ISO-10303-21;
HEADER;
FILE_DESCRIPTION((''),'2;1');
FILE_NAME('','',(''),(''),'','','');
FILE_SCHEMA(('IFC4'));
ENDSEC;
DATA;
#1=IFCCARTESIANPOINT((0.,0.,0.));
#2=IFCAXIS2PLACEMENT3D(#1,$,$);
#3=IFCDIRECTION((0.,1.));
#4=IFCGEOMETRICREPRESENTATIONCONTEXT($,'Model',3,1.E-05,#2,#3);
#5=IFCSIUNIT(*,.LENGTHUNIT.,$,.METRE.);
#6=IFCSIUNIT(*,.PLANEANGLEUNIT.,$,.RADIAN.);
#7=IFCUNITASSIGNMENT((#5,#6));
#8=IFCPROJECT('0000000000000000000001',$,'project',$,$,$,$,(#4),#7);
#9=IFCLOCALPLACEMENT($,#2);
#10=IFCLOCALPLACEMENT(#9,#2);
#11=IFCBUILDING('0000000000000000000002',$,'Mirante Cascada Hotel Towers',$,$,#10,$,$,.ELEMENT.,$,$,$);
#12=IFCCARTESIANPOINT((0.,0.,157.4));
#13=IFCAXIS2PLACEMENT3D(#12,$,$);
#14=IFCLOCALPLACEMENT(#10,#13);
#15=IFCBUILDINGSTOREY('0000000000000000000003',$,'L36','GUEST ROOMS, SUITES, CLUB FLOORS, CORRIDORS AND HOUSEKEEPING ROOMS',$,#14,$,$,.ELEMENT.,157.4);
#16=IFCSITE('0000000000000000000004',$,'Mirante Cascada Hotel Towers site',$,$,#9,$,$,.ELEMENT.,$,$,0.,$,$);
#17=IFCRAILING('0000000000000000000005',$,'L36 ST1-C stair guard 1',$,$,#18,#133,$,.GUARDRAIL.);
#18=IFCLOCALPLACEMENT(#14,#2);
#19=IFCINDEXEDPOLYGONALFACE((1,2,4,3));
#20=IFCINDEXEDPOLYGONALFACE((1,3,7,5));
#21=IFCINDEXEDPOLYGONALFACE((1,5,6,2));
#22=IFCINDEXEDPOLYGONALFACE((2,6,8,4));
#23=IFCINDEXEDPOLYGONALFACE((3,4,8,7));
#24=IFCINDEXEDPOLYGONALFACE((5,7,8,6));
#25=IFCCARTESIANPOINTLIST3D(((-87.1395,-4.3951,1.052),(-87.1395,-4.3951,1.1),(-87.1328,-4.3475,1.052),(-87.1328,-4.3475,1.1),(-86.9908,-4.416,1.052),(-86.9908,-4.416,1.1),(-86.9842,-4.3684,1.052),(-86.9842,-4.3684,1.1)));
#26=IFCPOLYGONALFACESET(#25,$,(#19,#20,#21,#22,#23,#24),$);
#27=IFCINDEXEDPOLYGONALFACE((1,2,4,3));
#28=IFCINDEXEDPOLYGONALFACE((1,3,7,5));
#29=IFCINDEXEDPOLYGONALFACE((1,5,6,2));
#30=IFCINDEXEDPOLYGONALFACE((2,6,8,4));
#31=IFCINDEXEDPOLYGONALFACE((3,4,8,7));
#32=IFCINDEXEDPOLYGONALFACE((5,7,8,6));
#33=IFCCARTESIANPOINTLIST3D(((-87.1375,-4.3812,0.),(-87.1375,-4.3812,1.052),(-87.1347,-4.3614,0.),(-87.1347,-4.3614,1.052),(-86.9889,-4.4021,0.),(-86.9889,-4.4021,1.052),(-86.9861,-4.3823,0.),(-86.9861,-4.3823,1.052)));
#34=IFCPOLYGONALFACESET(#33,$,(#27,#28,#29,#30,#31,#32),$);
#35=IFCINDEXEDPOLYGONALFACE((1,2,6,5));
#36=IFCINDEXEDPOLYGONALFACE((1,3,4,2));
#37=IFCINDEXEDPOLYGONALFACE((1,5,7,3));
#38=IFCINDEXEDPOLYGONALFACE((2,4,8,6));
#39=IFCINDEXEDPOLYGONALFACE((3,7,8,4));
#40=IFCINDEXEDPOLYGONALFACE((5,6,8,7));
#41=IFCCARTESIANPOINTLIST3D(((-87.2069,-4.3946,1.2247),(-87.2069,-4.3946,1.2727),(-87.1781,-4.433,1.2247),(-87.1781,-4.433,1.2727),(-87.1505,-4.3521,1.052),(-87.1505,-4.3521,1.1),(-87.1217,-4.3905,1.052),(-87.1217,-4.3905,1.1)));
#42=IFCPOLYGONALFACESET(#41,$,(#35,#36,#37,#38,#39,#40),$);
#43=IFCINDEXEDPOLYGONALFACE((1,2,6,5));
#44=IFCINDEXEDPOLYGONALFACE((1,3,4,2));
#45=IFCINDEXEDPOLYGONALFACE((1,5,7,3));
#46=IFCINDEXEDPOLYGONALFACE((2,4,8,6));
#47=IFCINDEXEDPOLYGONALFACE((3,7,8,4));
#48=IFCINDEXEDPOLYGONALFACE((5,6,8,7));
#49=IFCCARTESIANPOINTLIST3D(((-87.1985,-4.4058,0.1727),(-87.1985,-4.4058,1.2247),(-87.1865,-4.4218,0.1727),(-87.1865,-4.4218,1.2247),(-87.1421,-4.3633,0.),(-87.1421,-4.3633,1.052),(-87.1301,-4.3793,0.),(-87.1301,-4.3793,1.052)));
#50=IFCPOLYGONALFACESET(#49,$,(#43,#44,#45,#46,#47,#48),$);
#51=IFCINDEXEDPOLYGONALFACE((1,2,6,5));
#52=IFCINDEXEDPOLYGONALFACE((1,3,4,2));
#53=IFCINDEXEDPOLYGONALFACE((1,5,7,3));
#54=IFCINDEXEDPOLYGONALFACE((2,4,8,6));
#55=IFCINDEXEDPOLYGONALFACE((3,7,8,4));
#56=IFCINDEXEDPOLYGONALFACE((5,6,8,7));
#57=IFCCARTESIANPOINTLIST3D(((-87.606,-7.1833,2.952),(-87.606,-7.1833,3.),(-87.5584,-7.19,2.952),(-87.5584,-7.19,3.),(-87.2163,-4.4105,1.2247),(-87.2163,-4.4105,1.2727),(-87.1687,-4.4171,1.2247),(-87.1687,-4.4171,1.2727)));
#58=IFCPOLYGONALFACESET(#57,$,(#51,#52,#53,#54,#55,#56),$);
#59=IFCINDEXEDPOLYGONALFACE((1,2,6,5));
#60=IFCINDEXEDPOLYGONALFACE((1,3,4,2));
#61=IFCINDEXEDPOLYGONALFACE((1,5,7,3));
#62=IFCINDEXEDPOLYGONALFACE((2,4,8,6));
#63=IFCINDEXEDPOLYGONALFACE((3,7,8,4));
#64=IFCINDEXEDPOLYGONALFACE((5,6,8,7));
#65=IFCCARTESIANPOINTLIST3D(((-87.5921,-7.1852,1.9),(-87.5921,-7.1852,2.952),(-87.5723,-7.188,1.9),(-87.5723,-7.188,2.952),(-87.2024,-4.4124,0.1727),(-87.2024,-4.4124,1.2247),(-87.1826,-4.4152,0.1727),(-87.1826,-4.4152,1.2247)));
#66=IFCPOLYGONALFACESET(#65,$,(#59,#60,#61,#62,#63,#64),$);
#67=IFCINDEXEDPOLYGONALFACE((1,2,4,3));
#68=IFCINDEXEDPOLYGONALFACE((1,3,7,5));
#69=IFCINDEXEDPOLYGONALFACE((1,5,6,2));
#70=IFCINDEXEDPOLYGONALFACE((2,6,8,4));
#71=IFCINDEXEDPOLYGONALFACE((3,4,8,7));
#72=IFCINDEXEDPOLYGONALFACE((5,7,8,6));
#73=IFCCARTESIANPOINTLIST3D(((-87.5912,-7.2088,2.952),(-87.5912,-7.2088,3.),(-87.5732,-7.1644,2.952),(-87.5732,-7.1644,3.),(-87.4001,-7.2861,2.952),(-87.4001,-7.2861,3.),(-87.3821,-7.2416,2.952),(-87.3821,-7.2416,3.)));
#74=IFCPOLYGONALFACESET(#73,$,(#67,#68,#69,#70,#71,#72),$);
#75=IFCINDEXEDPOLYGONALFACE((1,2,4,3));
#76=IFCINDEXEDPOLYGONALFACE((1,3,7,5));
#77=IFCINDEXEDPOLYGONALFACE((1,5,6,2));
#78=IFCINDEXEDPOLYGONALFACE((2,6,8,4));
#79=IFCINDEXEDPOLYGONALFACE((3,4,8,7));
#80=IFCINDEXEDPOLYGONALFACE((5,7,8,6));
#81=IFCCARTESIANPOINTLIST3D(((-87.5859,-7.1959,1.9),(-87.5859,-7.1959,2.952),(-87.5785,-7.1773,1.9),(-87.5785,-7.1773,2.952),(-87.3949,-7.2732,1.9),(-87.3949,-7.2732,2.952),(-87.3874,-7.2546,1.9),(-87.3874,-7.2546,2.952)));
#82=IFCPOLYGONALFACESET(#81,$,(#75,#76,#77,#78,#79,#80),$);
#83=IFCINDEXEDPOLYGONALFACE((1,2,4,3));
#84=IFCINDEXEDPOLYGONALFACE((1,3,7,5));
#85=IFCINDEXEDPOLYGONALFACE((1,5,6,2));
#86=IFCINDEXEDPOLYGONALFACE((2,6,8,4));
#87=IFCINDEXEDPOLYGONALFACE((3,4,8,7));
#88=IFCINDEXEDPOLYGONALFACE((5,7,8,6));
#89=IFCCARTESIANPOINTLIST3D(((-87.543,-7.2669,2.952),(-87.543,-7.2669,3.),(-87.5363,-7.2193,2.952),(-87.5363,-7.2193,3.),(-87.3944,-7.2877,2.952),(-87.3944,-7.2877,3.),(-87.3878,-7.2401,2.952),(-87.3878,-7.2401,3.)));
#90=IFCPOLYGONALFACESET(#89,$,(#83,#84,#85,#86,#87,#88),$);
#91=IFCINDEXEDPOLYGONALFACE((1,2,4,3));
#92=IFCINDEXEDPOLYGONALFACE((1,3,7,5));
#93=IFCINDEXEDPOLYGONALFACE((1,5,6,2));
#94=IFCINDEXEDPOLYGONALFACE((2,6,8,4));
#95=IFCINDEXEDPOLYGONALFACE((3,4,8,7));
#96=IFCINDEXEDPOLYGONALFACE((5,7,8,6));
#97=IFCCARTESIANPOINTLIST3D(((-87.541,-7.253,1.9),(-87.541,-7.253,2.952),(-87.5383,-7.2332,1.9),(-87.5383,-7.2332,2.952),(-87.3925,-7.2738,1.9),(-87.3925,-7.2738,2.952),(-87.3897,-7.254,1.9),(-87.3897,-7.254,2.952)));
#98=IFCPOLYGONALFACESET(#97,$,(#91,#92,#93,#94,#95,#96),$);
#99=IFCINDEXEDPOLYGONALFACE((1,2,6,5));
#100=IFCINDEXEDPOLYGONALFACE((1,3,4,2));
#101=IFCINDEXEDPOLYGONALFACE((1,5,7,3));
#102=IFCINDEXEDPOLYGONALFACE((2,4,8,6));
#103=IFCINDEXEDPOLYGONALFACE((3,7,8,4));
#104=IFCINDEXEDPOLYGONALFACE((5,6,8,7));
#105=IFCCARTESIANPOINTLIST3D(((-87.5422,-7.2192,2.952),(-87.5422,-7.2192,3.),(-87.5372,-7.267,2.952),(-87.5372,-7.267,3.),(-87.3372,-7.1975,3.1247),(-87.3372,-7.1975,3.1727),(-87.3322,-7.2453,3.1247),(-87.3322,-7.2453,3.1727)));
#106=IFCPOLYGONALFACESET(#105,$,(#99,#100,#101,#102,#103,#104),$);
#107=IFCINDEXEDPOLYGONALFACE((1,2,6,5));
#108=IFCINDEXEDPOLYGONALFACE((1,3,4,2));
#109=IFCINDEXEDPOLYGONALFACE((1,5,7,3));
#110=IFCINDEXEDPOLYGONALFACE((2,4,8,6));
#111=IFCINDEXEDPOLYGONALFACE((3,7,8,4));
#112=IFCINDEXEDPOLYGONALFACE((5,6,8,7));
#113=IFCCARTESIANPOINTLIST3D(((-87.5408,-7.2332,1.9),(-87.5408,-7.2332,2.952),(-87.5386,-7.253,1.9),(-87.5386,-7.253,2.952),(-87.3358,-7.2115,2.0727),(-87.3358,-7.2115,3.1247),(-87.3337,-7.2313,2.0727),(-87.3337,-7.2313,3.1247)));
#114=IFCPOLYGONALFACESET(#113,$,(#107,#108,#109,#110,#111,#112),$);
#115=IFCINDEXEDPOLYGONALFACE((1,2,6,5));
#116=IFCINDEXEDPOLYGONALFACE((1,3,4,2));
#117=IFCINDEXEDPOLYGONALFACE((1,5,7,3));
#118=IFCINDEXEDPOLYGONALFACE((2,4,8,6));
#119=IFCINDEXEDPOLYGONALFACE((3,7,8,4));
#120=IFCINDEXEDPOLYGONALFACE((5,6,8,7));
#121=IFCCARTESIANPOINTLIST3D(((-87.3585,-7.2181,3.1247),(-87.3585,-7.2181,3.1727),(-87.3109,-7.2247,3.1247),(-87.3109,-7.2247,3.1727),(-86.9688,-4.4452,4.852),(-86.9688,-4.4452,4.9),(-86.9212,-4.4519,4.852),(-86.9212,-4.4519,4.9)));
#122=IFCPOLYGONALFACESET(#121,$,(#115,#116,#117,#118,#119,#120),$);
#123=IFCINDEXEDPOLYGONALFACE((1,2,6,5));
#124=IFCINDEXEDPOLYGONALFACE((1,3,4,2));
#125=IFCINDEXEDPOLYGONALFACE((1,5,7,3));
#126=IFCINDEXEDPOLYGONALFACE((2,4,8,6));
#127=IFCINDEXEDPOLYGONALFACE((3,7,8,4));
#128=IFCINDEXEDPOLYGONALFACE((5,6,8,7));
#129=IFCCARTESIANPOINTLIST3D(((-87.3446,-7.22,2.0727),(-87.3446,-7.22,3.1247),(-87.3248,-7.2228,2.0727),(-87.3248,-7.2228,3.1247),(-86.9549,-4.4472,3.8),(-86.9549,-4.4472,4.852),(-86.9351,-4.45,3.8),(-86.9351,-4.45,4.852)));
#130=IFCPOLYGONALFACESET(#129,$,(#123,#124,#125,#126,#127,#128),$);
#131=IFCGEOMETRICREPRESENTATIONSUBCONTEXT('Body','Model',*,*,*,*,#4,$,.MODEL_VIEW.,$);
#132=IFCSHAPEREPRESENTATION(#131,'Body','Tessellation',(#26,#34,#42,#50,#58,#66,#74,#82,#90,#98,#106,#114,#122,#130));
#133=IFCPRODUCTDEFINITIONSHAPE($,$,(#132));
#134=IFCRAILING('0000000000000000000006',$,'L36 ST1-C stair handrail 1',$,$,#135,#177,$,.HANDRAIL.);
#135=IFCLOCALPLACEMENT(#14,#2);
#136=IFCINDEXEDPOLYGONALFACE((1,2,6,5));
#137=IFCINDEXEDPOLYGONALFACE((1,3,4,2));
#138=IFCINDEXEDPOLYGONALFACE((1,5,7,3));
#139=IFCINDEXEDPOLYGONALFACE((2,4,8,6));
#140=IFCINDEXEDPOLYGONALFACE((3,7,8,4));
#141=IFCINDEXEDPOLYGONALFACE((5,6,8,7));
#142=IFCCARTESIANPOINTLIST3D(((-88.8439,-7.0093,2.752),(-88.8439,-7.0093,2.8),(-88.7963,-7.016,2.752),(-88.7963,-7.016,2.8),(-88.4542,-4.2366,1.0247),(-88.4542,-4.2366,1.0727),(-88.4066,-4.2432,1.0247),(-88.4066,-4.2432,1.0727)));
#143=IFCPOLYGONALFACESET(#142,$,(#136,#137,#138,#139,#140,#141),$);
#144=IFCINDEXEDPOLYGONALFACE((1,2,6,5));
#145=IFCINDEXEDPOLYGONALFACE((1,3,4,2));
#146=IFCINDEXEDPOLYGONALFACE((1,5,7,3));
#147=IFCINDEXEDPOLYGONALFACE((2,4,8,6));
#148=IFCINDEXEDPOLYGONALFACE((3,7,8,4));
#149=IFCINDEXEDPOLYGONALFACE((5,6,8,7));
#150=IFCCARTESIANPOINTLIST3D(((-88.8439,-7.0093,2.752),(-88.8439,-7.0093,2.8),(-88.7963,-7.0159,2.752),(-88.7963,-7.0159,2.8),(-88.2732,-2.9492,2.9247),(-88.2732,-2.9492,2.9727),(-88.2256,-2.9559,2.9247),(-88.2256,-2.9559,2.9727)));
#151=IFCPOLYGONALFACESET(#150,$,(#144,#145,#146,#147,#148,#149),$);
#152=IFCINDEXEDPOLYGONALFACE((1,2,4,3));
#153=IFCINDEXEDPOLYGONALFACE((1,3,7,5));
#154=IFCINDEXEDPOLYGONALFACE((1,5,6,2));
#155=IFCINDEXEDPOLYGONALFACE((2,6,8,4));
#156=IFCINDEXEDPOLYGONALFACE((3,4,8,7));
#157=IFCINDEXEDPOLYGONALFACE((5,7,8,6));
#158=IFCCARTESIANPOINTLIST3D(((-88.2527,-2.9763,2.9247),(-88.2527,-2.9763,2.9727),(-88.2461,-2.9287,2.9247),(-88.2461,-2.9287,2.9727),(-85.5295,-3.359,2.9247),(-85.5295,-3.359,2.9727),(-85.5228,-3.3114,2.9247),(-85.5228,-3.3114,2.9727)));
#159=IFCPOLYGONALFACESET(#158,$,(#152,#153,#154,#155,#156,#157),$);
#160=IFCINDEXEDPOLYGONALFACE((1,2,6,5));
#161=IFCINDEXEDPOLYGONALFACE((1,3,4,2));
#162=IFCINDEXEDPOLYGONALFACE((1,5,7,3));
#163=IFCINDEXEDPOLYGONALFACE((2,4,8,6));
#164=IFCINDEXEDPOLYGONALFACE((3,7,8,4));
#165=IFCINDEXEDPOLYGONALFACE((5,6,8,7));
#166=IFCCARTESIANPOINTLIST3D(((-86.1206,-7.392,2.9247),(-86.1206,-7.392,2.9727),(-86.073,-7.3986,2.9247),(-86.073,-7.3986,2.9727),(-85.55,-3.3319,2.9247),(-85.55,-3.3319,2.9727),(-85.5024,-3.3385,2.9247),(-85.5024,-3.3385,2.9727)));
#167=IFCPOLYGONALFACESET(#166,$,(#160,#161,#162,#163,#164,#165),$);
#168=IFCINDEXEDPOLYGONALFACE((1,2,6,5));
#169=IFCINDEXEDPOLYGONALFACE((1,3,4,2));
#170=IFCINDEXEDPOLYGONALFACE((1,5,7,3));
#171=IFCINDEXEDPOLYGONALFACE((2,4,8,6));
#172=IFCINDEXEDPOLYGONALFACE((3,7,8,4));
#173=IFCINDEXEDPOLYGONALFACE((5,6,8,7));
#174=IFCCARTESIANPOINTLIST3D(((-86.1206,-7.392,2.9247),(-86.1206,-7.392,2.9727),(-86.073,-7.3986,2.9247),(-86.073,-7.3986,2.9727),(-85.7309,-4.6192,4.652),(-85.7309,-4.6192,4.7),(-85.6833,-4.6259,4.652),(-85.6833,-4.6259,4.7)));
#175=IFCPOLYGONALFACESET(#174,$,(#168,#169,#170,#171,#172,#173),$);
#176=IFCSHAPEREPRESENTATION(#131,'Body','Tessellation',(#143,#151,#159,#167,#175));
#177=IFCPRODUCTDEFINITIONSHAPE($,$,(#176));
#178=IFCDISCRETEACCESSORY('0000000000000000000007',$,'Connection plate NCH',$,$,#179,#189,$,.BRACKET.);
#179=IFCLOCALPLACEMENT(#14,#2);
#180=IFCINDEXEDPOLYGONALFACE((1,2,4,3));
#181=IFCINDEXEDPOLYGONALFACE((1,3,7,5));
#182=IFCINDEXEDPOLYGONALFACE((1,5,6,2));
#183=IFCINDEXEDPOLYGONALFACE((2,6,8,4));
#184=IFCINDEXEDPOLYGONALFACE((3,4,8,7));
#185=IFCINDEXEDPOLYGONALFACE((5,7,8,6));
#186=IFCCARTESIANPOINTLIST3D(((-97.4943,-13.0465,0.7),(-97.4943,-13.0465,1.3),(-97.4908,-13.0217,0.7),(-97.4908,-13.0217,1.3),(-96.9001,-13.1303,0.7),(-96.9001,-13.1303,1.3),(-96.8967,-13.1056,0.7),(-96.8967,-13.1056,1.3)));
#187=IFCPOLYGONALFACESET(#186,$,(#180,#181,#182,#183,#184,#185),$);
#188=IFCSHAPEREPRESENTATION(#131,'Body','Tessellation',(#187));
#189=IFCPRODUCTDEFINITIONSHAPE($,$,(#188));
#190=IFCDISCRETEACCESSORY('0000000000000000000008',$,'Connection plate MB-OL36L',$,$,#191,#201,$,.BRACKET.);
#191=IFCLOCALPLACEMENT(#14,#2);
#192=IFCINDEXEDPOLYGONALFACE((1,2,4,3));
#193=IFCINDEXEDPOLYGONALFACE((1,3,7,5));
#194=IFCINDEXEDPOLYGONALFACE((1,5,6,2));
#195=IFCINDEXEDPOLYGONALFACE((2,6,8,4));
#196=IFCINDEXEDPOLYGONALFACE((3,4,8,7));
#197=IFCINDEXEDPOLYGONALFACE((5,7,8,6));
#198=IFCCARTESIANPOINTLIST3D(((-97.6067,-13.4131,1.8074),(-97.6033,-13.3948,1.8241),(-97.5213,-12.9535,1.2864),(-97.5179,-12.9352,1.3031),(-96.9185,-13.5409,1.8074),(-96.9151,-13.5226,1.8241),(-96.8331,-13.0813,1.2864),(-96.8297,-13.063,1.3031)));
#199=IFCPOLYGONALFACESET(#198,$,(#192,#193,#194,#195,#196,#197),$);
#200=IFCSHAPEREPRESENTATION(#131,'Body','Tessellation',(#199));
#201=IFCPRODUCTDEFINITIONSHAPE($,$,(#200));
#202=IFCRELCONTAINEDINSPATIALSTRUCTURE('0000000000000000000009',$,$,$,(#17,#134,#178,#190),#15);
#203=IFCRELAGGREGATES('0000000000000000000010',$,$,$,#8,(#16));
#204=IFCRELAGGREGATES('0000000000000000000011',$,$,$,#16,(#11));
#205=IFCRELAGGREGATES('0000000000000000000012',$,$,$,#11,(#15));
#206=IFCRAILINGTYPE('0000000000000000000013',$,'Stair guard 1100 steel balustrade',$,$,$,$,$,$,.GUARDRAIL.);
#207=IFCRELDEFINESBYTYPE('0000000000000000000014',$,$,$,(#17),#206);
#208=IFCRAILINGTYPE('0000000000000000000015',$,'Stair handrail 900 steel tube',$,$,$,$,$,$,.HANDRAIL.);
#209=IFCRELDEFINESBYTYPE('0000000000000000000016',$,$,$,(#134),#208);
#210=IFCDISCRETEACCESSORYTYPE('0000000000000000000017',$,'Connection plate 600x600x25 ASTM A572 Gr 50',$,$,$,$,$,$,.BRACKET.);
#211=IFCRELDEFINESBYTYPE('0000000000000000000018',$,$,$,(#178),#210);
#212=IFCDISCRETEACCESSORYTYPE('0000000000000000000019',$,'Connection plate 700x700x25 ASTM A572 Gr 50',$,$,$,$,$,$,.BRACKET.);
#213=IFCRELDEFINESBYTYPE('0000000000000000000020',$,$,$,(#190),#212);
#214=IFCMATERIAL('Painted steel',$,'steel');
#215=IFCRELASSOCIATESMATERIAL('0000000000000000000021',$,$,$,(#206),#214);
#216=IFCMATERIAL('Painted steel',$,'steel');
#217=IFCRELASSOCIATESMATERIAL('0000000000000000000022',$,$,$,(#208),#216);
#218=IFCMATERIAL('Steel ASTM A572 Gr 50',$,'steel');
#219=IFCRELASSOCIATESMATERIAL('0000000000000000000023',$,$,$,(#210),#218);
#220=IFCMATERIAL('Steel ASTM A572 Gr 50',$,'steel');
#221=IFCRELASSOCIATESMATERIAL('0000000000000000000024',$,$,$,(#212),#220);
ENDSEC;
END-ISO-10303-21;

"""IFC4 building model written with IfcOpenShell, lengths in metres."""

from ifc_helpers import new_model, si_unit, direction, frame, origin, origin_2d, place, context, subcontext, project, spatial, rectangle, extrude, material, material_profile, profile_set, type_object, element, save


model = new_model("IFC4")

# Units and contexts
model_context = context("Model", 3, precision=1e-05, world=origin(), true_north=direction((0.0, 1.0)))
body_context = subcontext(model_context, "Body", "Model", "MODEL_VIEW")
ifc_project = project(units=[si_unit("LENGTHUNIT", "METRE"), si_unit("PLANEANGLEUNIT", "RADIAN")], contexts=[model_context])

# Site, building, storey
site_placement = place(None, origin())
site = spatial("IfcSite", under=ifc_project, at=site_placement, Name="Mirante Cascada Hotel Towers site", CompositionType="ELEMENT", RefElevation=0.0)
building_placement = place(site_placement, origin())
building = spatial("IfcBuilding", under=site, at=building_placement, Name="Mirante Cascada Hotel Towers", CompositionType="ELEMENT")
storey_placement = place(building_placement, frame((0.0, 0.0, 157.4)))
storey = spatial("IfcBuildingStorey", under=building, at=storey_placement, Name="L36", Description="GUEST ROOMS, SUITES, CLUB FLOORS, CORRIDORS AND HOUSEKEEPING ROOMS", CompositionType="ELEMENT", Elevation=157.4)

# Railings
ifc_material_1 = material(Name="Painted steel", Category="steel")
railing_type_1 = type_object("IfcRailingType", Name="Stair guard 1100 steel balustrade", PredefinedType="GUARDRAIL", material=ifc_material_1)
railing_1_placement = place(storey_placement, frame((-86.9875, -4.3922, 0.0)))
element("IfcRailing", 1, at=railing_1_placement, inside=storey, type_object=railing_type_1, Name="L36 ST1-C stair guard 1", PredefinedType="GUARDRAIL", context=body_context, shape_type="SweptSolid", body=[
    extrude(rectangle(XDim=0.048, YDim=0.048, at=origin_2d()), frame((0.0, 0.0, 1.076), z_axis=(-0.990254, 0.139275, 0.0), x_axis=(-0.139275, -0.990254, 0.0)), (0.0, 0.0, 1.0), 0.1501),
    extrude(rectangle(XDim=0.02, YDim=1.052, at=origin_2d()), frame((0.0, 0.0, 0.526), z_axis=(-0.990254, 0.139275, 0.0), x_axis=(-0.139275, -0.990254, 0.0)), (0.0, 0.0, 1.0), 0.1501),
    extrude(rectangle(XDim=0.048, YDim=0.048, at=origin_2d()), frame((-0.1486, 0.0209, 1.076), z_axis=(-0.798639, -0.601811, 0.0), x_axis=(0.601811, -0.798639, 0.0)), (0.0, 0.925603, 0.378496), 0.1866),
    extrude(rectangle(XDim=0.02, YDim=1.052, at=origin_2d()), frame((-0.1486, 0.0209, 0.526), z_axis=(-0.798639, -0.601811, 0.0), x_axis=(0.601811, -0.798639, 0.0)), (0.0, 0.925603, 0.378496), 0.1866),
    extrude(rectangle(XDim=0.048, YDim=0.048, at=origin_2d()), frame((-0.205, -0.0216, 1.2487), z_axis=(-0.139176, -0.990268, 0.0), x_axis=(0.990268, -0.139176, 0.0)), (0.0, 0.525021, 0.851089), 3.29),
    extrude(rectangle(XDim=0.02, YDim=1.052, at=origin_2d()), frame((-0.205, -0.0216, 0.6987), z_axis=(-0.139176, -0.990268, 0.0), x_axis=(0.990268, -0.139176, 0.0)), (0.0, 0.525021, 0.851089), 3.29),
    extrude(rectangle(XDim=0.048, YDim=0.048, at=origin_2d()), frame((-0.5947, -2.7944, 2.976), z_axis=(0.927031, -0.374984, 0.0), x_axis=(0.374984, 0.927031, 0.0)), (0.0, 0.0, 1.0), 0.2061),
    extrude(rectangle(XDim=0.02, YDim=1.052, at=origin_2d()), frame((-0.5947, -2.7944, 2.426), z_axis=(0.927031, -0.374984, 0.0), x_axis=(0.374984, 0.927031, 0.0)), (0.0, 0.0, 1.0), 0.2061),
    extrude(rectangle(XDim=0.048, YDim=0.048, at=origin_2d()), frame((-0.4036, -2.8717, 2.976), z_axis=(-0.990345, 0.138622, 0.0), x_axis=(-0.138622, -0.990345, 0.0)), (0.0, 0.0, 1.0), 0.15),
    extrude(rectangle(XDim=0.02, YDim=1.052, at=origin_2d()), frame((-0.4036, -2.8717, 2.426), z_axis=(-0.990345, 0.138622, 0.0), x_axis=(-0.138622, -0.990345, 0.0)), (0.0, 0.0, 1.0), 0.15),
    extrude(rectangle(XDim=0.048, YDim=0.048, at=origin_2d()), frame((-0.5522, -2.8509, 2.976), z_axis=(0.994444, 0.105266, 0.0), x_axis=(-0.105266, 0.994444, 0.0)), (0.0, 0.642184, 0.76655), 0.2689),
    extrude(rectangle(XDim=0.02, YDim=1.052, at=origin_2d()), frame((-0.5522, -2.8509, 2.426), z_axis=(0.994444, 0.105266, 0.0), x_axis=(-0.105266, 0.994444, 0.0)), (0.0, 0.642184, 0.76655), 0.2689),
    extrude(rectangle(XDim=0.048, YDim=0.048, at=origin_2d()), frame((-0.3472, -2.8292, 3.1487), z_axis=(0.139176, 0.990268, 0.0), x_axis=(-0.990268, 0.139176, 0.0)), (0.0, 0.525021, 0.851089), 3.29),
    extrude(rectangle(XDim=0.02, YDim=1.052, at=origin_2d()), frame((-0.3472, -2.8292, 2.5987), z_axis=(0.139176, 0.990268, 0.0), x_axis=(-0.990268, 0.139176, 0.0)), (0.0, 0.525021, 0.851089), 3.29),
])
ifc_material_2 = material(Name="Painted steel", Category="steel")
railing_type_2 = type_object("IfcRailingType", Name="Stair handrail 900 steel tube", PredefinedType="HANDRAIL", material=ifc_material_2)
railing_2_placement = place(storey_placement, frame((-88.4304, -4.2399, 0.1727)))
element("IfcRailing", 2, at=railing_2_placement, inside=storey, type_object=railing_type_2, Name="L36 ST1-C stair handrail 1", PredefinedType="HANDRAIL", context=body_context, shape_type="SweptSolid", body=[
    extrude(rectangle(XDim=0.048, YDim=0.048, at=origin_2d()), frame((0.0, 0.0, 0.876), z_axis=(-0.139181, -0.990267, 0.0), x_axis=(0.990267, -0.139181, 0.0)), (0.0, 0.525035, 0.851081), 3.2899),
    extrude(rectangle(XDim=0.048, YDim=0.048, at=origin_2d()), frame((-0.3897, -2.7727, 2.6033), z_axis=(0.139195, 0.990265, 0.0), x_axis=(-0.990265, 0.139195, 0.0)), (0.0, 0.042084, 0.999114), 4.1036),
    extrude(rectangle(XDim=0.048, YDim=0.048, at=origin_2d()), frame((0.181, 1.2874, 2.776), z_axis=(0.990269, -0.139166, 0.0), x_axis=(0.139166, 0.990269, 0.0)), (0.0, 0.0, 1.0), 2.75),
    extrude(rectangle(XDim=0.048, YDim=0.048, at=origin_2d()), frame((2.9042, 0.9047, 2.776), z_axis=(-0.139171, -0.990268, 0.0), x_axis=(0.990268, -0.139171, 0.0)), (0.0, 0.0, 1.0), 4.1),
    extrude(rectangle(XDim=0.048, YDim=0.048, at=origin_2d()), frame((2.3336, -3.1554, 2.776), z_axis=(0.139181, 0.990267, 0.0), x_axis=(-0.990267, 0.139181, 0.0)), (0.0, 0.525035, 0.851081), 3.2899),
])

# Discrete accessories
ifc_material_3 = material(Name="Steel ASTM A572 Gr 50", Category="steel")
ifc_material_profile_1 = material_profile(ifc_material_3, rectangle(XDim=0.6, YDim=0.6, at=origin_2d()), Name="Connection plate 600x600x25 ASTM A572 Gr 50")
ifc_profile_set_1 = profile_set([ifc_material_profile_1], Name="Steel ASTM A572 Gr 50")
discrete_accessory_type_1 = type_object("IfcDiscreteAccessoryType", Name="Connection plate 600x600x25 ASTM A572 Gr 50", PredefinedType="BRACKET", material=ifc_profile_set_1)
discrete_accessory_1_placement = place(storey_placement, frame((-97.1972, -13.0884, 1.0), z_axis=(0.139744, 0.990188, 0.0), x_axis=(-0.990188, 0.139744, 0.0)))
element("IfcDiscreteAccessory", 3, at=discrete_accessory_1_placement, inside=storey, type_object=discrete_accessory_type_1, Name="Connection plate NCH", PredefinedType="BRACKET", context=body_context, shape_type="SweptSolid", body=[
    extrude(rectangle(XDim=0.6, YDim=0.6, at=origin_2d()), origin(), (0.0, 0.0, 1.0), 0.025),
])
ifc_material_4 = material(Name="Steel ASTM A572 Gr 50", Category="steel")
ifc_material_profile_2 = material_profile(ifc_material_4, rectangle(XDim=0.7, YDim=0.7, at=origin_2d()), Name="Connection plate 700x700x25 ASTM A572 Gr 50")
ifc_profile_set_2 = profile_set([ifc_material_profile_2], Name="Steel ASTM A572 Gr 50")
discrete_accessory_type_2 = type_object("IfcDiscreteAccessoryType", Name="Connection plate 700x700x25 ASTM A572 Gr 50", PredefinedType="BRACKET", material=ifc_profile_set_2)
discrete_accessory_2_placement = place(storey_placement, frame((-97.2199, -13.2472, 1.5469), z_axis=(0.135963, 0.731801, 0.667818), x_axis=(-0.983175, 0.182666, 0.0)))
element("IfcDiscreteAccessory", 4, at=discrete_accessory_2_placement, inside=storey, type_object=discrete_accessory_type_2, Name="Connection plate MB-OL36L", PredefinedType="BRACKET", context=body_context, shape_type="SweptSolid", body=[
    extrude(rectangle(XDim=0.7, YDim=0.7, at=origin_2d()), origin(), (0.0, 0.0, 1.0), 0.025),
])

save(model, "model.ifc")
